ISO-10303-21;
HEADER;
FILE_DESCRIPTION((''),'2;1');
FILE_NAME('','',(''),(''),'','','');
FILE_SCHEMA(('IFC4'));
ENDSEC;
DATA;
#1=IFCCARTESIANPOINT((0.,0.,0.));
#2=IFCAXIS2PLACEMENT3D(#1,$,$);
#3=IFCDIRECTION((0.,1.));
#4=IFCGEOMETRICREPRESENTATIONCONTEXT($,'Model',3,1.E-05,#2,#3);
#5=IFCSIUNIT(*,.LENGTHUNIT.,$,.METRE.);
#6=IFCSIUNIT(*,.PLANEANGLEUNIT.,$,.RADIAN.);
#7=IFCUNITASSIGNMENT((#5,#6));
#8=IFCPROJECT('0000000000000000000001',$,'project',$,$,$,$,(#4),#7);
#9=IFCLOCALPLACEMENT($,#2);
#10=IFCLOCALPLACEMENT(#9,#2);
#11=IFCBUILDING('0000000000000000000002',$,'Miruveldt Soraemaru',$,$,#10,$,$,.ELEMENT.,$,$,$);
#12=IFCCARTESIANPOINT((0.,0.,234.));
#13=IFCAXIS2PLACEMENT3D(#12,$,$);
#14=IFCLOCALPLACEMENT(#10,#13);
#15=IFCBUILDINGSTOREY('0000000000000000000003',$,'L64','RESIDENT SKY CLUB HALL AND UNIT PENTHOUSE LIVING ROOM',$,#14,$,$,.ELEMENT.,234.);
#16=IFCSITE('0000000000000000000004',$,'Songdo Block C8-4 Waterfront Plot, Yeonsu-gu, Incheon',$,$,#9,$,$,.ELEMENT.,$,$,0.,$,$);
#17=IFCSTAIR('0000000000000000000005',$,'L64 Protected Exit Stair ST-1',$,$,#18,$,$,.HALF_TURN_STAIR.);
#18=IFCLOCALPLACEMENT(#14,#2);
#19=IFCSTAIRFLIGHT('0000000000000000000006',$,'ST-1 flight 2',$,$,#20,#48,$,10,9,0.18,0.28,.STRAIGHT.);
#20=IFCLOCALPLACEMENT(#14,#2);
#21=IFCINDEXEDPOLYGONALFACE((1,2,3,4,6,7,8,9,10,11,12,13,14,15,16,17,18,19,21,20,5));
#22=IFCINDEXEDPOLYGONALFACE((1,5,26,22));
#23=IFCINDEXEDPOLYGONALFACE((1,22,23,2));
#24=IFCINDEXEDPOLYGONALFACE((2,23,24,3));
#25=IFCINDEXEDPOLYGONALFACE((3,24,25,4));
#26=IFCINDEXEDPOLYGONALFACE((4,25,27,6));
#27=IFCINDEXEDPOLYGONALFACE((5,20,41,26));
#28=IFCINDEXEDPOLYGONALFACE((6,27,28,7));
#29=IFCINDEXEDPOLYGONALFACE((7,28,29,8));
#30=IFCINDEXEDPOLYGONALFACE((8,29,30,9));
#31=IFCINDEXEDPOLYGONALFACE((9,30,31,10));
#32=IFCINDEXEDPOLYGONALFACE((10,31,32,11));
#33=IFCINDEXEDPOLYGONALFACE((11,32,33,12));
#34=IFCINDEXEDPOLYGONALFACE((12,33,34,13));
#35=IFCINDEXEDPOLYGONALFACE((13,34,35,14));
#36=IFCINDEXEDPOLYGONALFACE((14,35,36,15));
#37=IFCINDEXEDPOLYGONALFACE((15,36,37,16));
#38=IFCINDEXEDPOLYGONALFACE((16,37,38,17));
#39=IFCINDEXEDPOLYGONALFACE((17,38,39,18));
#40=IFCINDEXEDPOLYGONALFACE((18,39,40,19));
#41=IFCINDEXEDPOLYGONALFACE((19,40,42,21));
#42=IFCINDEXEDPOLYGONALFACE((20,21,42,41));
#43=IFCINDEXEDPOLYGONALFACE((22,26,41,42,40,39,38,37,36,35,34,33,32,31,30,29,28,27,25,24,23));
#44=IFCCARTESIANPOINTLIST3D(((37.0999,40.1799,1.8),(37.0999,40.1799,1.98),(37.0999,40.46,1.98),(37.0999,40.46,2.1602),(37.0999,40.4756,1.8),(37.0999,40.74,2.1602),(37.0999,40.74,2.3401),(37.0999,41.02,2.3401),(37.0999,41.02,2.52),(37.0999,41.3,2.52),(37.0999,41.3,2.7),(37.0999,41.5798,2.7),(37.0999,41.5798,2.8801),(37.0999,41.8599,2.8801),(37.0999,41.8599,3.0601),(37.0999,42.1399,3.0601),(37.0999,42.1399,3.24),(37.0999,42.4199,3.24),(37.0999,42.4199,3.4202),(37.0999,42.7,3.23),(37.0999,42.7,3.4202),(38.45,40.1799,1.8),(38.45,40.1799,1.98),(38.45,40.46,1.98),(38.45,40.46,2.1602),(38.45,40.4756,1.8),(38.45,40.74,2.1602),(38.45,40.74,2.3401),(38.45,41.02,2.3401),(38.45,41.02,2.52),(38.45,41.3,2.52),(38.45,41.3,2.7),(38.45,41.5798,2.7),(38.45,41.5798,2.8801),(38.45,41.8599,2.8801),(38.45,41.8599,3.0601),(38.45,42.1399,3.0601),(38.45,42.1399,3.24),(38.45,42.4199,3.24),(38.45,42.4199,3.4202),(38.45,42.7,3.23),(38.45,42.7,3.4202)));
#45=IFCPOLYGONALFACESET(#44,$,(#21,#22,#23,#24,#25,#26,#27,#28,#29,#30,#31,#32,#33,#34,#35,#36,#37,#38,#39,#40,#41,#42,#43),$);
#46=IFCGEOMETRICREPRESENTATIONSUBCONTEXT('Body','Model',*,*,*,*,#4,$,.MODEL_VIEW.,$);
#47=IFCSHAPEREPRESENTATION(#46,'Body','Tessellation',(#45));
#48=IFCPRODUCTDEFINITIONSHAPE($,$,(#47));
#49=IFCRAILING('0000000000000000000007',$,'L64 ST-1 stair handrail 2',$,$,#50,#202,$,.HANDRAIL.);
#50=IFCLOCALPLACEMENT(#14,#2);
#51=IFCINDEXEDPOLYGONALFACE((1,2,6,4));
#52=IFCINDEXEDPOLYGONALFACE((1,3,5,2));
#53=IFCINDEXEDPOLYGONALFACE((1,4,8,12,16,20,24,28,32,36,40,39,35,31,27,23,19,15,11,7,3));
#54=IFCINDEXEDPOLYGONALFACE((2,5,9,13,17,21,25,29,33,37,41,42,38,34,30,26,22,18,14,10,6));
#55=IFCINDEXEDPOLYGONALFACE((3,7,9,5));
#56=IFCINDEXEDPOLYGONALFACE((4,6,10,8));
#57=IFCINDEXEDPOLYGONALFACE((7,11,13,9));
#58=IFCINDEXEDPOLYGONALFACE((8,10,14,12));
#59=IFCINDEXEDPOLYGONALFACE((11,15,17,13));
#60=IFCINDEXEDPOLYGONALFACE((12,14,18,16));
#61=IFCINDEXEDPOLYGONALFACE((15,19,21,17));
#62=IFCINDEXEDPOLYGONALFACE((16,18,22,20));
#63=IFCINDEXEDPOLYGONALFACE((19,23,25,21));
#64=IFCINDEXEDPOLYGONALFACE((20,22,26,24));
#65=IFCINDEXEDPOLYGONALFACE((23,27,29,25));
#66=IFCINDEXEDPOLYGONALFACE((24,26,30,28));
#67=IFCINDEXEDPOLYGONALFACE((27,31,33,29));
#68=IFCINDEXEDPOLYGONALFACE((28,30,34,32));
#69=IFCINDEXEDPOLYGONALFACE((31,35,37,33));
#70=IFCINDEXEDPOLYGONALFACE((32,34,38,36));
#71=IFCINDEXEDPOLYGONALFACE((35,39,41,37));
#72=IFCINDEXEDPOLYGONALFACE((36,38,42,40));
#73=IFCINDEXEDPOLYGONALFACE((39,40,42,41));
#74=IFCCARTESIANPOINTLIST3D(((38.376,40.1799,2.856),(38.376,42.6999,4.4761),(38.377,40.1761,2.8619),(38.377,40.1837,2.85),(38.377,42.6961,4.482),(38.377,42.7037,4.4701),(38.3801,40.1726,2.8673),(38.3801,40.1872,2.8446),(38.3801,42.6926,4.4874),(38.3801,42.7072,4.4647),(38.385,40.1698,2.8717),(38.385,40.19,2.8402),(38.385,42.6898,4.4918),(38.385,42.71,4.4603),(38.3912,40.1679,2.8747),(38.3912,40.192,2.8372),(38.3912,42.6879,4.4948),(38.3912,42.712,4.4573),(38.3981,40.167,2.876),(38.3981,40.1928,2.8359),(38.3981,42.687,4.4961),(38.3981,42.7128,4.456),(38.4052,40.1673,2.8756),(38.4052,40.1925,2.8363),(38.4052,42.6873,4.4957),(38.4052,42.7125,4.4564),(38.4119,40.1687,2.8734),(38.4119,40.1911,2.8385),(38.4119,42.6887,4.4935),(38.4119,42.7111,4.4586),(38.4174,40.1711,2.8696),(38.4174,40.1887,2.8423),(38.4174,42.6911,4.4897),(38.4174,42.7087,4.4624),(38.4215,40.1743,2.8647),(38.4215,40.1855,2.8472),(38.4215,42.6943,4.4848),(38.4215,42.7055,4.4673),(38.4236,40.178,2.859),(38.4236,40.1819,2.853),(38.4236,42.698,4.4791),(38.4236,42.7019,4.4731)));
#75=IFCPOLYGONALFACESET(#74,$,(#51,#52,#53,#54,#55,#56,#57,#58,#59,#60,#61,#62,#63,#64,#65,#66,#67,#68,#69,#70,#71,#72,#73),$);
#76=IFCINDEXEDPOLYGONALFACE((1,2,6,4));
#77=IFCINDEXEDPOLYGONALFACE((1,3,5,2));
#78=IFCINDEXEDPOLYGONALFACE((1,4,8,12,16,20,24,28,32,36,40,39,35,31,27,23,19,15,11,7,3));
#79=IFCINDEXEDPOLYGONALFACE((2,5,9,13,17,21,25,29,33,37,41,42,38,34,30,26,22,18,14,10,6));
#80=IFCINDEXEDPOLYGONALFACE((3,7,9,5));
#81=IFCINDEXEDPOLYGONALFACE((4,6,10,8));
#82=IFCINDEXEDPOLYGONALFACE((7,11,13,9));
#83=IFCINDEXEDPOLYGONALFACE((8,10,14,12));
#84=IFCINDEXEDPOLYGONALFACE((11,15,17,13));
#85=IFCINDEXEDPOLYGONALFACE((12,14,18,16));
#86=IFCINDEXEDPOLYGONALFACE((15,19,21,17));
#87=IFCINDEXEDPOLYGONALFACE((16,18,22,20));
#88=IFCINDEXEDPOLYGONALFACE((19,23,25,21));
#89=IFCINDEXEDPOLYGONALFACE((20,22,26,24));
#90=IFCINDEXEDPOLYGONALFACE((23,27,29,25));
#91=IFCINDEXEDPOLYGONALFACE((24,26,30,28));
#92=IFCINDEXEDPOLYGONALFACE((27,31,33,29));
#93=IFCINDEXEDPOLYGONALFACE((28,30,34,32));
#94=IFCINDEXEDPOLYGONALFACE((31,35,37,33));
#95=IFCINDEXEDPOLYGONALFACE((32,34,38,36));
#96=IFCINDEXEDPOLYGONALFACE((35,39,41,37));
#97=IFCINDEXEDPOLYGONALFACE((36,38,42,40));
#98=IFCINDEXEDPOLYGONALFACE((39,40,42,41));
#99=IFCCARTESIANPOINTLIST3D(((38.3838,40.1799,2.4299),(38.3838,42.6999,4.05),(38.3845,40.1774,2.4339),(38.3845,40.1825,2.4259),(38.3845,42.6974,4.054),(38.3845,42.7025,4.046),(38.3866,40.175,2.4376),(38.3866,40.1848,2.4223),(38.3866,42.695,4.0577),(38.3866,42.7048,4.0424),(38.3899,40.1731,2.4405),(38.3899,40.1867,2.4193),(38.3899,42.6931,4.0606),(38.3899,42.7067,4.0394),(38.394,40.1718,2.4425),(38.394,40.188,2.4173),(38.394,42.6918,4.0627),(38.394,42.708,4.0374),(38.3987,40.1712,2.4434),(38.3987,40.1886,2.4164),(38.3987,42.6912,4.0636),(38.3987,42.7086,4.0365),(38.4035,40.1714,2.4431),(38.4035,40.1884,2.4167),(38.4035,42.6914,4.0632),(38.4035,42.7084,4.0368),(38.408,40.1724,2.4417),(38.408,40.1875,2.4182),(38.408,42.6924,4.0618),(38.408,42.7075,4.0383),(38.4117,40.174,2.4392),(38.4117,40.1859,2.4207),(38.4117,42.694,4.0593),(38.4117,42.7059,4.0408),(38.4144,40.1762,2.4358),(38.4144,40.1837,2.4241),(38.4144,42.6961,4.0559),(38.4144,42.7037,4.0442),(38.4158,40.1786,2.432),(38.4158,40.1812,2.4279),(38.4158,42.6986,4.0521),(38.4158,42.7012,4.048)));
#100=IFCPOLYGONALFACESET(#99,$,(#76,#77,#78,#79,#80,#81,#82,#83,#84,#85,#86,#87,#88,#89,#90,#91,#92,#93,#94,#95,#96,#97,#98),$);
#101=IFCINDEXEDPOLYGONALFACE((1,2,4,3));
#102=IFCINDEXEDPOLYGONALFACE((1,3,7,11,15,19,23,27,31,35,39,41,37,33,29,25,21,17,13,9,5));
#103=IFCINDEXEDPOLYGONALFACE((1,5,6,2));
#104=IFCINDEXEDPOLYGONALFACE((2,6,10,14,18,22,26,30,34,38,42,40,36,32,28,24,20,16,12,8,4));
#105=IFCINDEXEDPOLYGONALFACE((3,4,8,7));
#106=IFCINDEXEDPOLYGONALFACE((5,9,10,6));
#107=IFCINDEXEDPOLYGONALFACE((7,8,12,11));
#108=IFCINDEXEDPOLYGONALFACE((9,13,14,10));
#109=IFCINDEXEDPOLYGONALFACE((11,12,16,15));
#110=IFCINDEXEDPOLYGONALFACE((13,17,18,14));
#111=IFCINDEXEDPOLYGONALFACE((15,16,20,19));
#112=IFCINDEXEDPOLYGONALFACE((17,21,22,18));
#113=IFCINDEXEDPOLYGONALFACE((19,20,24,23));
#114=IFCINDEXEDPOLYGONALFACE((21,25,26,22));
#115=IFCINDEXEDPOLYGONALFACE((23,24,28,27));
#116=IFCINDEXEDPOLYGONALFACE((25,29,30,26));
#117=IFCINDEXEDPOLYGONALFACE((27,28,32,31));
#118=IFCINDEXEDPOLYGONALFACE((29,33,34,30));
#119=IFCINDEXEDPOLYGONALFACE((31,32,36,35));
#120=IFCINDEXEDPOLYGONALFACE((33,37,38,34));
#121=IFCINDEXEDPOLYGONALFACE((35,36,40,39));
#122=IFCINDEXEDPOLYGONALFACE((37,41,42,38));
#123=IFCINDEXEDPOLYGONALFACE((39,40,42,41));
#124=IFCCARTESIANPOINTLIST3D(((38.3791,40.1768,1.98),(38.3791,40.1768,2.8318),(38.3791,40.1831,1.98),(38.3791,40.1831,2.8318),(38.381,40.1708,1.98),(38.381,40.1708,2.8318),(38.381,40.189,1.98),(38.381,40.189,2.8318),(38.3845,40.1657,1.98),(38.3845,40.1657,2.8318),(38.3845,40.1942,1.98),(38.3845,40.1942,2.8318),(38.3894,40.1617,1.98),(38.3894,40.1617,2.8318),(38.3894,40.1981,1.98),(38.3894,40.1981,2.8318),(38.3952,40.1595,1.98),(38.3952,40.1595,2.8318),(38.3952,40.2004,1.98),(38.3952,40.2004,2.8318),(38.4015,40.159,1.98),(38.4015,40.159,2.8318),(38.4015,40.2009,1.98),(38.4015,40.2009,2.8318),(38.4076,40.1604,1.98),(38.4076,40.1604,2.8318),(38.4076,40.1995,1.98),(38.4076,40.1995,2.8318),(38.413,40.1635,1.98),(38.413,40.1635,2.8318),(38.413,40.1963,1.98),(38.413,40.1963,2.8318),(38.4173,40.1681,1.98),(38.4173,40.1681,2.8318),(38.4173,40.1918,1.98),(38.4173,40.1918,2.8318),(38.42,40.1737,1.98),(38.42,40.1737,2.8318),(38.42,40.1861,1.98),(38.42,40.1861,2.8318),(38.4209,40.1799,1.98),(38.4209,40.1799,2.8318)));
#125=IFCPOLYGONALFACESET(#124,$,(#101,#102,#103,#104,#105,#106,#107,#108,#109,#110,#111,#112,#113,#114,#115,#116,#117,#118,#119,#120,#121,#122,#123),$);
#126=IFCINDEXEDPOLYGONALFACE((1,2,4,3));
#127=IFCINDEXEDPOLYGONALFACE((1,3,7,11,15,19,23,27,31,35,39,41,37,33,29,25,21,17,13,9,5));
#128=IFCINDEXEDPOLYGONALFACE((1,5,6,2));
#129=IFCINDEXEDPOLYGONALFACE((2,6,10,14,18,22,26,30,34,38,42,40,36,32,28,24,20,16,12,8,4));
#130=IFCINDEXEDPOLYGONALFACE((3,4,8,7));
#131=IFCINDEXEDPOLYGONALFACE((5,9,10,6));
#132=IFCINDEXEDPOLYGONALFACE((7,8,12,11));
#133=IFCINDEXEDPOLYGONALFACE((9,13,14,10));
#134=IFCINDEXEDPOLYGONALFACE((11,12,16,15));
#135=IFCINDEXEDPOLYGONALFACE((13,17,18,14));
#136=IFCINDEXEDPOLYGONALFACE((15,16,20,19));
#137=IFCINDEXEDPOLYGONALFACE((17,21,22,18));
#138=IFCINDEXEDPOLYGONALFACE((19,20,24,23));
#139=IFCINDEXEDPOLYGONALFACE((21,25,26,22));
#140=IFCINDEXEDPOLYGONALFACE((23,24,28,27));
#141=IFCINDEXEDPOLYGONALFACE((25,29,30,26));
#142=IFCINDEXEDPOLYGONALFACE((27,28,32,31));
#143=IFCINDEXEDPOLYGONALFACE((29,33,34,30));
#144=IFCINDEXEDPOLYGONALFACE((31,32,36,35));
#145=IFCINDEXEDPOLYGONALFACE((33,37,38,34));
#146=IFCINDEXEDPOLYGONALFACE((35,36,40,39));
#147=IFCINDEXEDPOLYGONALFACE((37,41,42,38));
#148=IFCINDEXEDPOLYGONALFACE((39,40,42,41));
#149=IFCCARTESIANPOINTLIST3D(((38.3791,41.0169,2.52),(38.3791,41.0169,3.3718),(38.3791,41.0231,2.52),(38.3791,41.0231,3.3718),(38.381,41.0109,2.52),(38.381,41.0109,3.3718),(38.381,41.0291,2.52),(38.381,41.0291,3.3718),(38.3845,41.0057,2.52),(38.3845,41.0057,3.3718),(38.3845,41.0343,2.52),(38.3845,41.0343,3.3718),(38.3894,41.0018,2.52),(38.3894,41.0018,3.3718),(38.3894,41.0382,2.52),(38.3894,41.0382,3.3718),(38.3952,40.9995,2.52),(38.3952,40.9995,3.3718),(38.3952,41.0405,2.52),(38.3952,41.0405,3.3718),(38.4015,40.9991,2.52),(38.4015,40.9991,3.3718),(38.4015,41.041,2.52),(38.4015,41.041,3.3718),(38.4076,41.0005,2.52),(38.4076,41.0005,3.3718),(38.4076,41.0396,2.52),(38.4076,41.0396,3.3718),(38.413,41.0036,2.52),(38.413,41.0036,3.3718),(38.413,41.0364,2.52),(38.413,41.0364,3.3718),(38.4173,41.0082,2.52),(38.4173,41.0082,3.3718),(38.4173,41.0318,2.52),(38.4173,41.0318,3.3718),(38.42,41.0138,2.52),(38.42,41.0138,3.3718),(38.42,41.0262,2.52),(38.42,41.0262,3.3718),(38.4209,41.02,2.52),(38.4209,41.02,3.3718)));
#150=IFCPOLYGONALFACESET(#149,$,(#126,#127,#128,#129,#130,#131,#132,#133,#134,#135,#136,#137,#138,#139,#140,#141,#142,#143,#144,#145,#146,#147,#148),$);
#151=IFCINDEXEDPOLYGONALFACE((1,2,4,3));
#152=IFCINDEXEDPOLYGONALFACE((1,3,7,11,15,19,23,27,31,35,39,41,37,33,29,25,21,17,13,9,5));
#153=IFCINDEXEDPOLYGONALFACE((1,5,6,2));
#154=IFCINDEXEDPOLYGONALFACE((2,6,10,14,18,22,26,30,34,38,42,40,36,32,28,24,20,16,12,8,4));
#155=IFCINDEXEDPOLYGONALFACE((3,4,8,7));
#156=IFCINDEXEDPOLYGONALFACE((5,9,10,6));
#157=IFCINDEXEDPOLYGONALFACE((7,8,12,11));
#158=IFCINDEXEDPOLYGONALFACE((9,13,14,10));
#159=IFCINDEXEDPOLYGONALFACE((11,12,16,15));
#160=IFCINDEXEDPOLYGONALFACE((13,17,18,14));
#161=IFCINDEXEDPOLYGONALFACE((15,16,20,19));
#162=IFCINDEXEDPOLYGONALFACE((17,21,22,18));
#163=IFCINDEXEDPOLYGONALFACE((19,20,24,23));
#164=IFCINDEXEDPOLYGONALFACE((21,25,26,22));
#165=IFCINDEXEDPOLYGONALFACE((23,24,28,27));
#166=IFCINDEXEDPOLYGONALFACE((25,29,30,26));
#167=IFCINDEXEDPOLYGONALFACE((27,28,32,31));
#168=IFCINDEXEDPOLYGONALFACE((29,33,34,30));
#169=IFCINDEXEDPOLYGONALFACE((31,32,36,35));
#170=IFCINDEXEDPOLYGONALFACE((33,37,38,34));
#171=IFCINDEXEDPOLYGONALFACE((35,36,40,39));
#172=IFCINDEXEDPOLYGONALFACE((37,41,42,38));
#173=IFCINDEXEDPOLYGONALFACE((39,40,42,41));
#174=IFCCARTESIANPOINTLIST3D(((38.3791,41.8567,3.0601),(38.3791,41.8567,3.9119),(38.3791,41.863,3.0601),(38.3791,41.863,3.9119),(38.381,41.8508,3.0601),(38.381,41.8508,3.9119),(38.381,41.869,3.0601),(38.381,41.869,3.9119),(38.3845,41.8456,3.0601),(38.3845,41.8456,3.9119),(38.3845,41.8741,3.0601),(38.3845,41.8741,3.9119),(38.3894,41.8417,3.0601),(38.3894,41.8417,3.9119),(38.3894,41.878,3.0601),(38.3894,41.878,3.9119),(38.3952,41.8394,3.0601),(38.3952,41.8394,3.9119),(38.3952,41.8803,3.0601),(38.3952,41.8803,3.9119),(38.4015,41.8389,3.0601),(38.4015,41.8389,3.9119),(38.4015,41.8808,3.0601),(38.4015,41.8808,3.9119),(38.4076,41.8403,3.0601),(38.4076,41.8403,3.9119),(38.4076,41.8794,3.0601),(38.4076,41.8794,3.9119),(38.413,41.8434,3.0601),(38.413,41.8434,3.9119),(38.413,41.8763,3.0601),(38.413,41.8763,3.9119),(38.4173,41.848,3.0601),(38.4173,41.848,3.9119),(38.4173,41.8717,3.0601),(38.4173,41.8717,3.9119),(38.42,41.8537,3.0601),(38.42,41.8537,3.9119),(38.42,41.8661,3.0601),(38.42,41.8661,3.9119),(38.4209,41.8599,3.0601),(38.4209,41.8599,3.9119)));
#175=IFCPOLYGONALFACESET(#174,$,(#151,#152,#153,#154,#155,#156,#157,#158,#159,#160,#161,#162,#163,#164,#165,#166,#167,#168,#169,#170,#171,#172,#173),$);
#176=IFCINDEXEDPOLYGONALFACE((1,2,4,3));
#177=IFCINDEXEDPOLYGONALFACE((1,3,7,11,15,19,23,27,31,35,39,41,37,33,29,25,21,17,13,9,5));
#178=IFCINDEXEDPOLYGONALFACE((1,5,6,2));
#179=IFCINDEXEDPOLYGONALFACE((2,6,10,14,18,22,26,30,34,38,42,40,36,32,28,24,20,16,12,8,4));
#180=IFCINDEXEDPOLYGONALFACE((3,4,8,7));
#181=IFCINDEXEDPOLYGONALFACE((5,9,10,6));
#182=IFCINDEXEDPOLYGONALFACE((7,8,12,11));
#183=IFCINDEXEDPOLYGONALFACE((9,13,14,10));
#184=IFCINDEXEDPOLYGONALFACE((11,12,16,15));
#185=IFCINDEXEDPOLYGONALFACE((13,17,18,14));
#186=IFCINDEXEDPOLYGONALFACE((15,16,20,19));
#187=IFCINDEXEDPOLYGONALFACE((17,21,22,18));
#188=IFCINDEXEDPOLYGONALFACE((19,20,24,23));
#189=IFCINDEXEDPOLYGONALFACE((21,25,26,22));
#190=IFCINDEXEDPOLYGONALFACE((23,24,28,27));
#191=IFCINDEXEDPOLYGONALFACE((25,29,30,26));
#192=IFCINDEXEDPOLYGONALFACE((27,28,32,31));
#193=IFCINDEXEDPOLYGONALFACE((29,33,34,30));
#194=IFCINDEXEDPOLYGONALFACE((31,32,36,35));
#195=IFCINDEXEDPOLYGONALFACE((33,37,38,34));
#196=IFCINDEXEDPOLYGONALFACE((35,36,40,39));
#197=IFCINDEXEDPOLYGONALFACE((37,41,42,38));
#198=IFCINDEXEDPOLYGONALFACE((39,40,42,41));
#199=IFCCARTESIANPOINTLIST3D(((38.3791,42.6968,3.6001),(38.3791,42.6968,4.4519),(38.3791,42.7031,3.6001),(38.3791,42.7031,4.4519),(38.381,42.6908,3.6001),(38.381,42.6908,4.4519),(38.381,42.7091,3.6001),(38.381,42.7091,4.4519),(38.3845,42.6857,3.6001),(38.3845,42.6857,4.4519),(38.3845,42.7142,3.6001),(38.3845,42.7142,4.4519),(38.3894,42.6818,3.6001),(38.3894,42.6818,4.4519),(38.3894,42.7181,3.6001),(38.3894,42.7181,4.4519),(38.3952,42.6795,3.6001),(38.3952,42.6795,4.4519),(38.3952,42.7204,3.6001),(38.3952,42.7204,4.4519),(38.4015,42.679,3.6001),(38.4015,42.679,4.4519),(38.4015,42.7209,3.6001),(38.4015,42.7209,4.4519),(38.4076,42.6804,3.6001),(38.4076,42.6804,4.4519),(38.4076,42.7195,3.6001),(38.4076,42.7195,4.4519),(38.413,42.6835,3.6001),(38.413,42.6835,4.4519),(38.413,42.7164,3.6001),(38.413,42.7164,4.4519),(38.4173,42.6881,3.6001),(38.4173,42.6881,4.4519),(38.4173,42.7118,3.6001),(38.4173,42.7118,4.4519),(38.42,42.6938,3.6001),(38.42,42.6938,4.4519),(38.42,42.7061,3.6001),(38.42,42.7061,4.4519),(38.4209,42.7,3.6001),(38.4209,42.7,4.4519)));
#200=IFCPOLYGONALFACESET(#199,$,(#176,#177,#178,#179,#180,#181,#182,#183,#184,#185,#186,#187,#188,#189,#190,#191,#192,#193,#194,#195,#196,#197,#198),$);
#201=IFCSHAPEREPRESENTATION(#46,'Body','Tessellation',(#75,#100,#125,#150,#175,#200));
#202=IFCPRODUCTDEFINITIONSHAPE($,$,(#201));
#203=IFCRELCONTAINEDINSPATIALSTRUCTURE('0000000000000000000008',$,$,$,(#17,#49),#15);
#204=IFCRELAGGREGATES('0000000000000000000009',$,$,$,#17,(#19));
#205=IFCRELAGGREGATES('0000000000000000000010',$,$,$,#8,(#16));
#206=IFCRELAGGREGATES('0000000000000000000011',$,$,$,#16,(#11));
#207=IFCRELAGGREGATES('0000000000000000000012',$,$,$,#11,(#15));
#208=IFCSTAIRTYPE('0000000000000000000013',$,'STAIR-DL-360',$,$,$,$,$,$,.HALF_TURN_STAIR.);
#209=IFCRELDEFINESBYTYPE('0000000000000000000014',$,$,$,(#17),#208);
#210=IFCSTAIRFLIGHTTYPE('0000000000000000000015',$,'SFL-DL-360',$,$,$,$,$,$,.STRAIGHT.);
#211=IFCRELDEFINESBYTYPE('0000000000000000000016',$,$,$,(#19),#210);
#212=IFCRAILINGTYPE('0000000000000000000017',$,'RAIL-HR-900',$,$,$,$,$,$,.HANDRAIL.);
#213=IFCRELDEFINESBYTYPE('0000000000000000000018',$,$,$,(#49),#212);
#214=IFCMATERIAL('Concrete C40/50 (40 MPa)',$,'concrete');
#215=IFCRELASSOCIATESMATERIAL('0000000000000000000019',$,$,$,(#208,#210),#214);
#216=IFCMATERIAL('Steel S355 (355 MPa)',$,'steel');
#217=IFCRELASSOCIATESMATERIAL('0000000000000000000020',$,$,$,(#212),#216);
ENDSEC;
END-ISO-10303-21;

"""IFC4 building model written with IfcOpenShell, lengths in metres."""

from ifc_helpers import new_model, si_unit, direction, frame, origin, origin_2d, place, context, subcontext, project, spatial, polyline, circle, outline, extrude, material, type_object, element, aggregate, save


model = new_model("IFC4")

# Units and contexts
model_context = context("Model", 3, precision=1e-05, world=origin(), true_north=direction((0.0, 1.0)))
body_context = subcontext(model_context, "Body", "Model", "MODEL_VIEW")
ifc_project = project(units=[si_unit("LENGTHUNIT", "METRE"), si_unit("PLANEANGLEUNIT", "RADIAN")], contexts=[model_context])

# Site, building, storey
site_placement = place(None, origin())
site = spatial("IfcSite", under=ifc_project, at=site_placement, Name="Songdo Block C8-4 Waterfront Plot, Yeonsu-gu, Incheon", CompositionType="ELEMENT", RefElevation=0.0)
building_placement = place(site_placement, origin())
building = spatial("IfcBuilding", under=site, at=building_placement, Name="Miruveldt Soraemaru", CompositionType="ELEMENT")
storey_placement = place(building_placement, frame((0.0, 0.0, 234.0)))
storey = spatial("IfcBuildingStorey", under=building, at=storey_placement, Name="L64", Description="RESIDENT SKY CLUB HALL AND UNIT PENTHOUSE LIVING ROOM", CompositionType="ELEMENT", Elevation=234.0)

# Shared definitions
ifc_material_1 = material(Name="Concrete C40/50 (40 MPa)", Category="concrete")

# Stair, stair flight
stair_type = type_object("IfcStairType", Name="STAIR-DL-360", PredefinedType="HALF_TURN_STAIR", material=ifc_material_1)
stair_placement = place(storey_placement, origin())
stair = element("IfcStair", 1, at=stair_placement, inside=storey, type_object=stair_type, Name="L64 Protected Exit Stair ST-1", PredefinedType="HALF_TURN_STAIR")
stair_flight_type = type_object("IfcStairFlightType", Name="SFL-DL-360", PredefinedType="STRAIGHT", material=ifc_material_1)
stair_flight_1_placement = place(storey_placement, frame((37.7749, 40.1799, 1.8), z_axis=(0.0, 0.0, 1.0), x_axis=(0.0, 1.0, 0.0)))
stair_flight_1 = element("IfcStairFlight", 2, at=stair_flight_1_placement, type_object=stair_flight_type, Name="ST-1 flight 2", NumberOfRisers=10, NumberOfTreads=9, PredefinedType="STRAIGHT", RiserHeight=0.18, TreadLength=0.28, context=body_context, shape_type="SweptSolid", body=[
    extrude(outline(polyline([(0.0, 0.0), (0.0, 0.1799), (0.28, 0.1799), (0.28, 0.3601), (0.5601, 0.3601), (0.5601, 0.54), (0.8401, 0.54), (0.8401, 0.72), (1.1201, 0.72), (1.1201, 0.8999), (1.3999, 0.8999), (1.3999, 1.0801), (1.6799, 1.0801), (1.6799, 1.26), (1.96, 1.26), (1.96, 1.4399), (2.24, 1.4399), (2.24, 1.6201), (2.52, 1.6201), (2.52, 1.8), (2.52, 1.4299), (0.2957, 0.0), (0.0, 0.0)])), frame((0.0, 0.675, 0.0), z_axis=(0.0, -1.0, 0.0), x_axis=(1.0, 0.0, 0.0)), (0.0, 0.0, 1.0), 1.3501),
])
aggregate(stair, [stair_flight_1])

# Railing
ifc_material_2 = material(Name="Steel S355 (355 MPa)", Category="steel")
railing_type_1 = type_object("IfcRailingType", Name="RAIL-HR-900", PredefinedType="HANDRAIL", material=ifc_material_2)
railing_1_placement = place(storey_placement, frame((38.3999, 40.1799, 1.98)))
element("IfcRailing", 3, at=railing_1_placement, inside=storey, type_object=railing_type_1, Name="L64 ST-1 stair handrail 2", PredefinedType="HANDRAIL", context=body_context, shape_type="SweptSolid", body=[
    extrude(circle(Radius=0.0239, at=origin_2d()), frame((0.0, 0.0, 0.876), z_axis=(0.0, 0.841163, 0.540782), x_axis=(-1.0, 0.0, 0.0)), (0.0, 0.0, 1.0), 2.9958),
    extrude(circle(Radius=0.0161, at=origin_2d()), frame((0.0, 0.0, 0.45), z_axis=(0.0, 0.841163, 0.540782), x_axis=(-1.0, 0.0, 0.0)), (0.0, 0.0, 1.0), 2.9958),
    extrude(circle(Radius=0.021, at=origin_2d()), origin(), (0.0, 0.0, 1.0), 0.8518),
    extrude(circle(Radius=0.021, at=origin_2d()), frame((0.0, 0.8401, 0.54)), (0.0, 0.0, 1.0), 0.8518),
    extrude(circle(Radius=0.021, at=origin_2d()), frame((0.0, 1.6799, 1.0801)), (0.0, 0.0, 1.0), 0.8518),
    extrude(circle(Radius=0.021, at=origin_2d()), frame((0.0, 2.52, 1.6201)), (0.0, 0.0, 1.0), 0.8518),
])

save(model, "model.ifc")
